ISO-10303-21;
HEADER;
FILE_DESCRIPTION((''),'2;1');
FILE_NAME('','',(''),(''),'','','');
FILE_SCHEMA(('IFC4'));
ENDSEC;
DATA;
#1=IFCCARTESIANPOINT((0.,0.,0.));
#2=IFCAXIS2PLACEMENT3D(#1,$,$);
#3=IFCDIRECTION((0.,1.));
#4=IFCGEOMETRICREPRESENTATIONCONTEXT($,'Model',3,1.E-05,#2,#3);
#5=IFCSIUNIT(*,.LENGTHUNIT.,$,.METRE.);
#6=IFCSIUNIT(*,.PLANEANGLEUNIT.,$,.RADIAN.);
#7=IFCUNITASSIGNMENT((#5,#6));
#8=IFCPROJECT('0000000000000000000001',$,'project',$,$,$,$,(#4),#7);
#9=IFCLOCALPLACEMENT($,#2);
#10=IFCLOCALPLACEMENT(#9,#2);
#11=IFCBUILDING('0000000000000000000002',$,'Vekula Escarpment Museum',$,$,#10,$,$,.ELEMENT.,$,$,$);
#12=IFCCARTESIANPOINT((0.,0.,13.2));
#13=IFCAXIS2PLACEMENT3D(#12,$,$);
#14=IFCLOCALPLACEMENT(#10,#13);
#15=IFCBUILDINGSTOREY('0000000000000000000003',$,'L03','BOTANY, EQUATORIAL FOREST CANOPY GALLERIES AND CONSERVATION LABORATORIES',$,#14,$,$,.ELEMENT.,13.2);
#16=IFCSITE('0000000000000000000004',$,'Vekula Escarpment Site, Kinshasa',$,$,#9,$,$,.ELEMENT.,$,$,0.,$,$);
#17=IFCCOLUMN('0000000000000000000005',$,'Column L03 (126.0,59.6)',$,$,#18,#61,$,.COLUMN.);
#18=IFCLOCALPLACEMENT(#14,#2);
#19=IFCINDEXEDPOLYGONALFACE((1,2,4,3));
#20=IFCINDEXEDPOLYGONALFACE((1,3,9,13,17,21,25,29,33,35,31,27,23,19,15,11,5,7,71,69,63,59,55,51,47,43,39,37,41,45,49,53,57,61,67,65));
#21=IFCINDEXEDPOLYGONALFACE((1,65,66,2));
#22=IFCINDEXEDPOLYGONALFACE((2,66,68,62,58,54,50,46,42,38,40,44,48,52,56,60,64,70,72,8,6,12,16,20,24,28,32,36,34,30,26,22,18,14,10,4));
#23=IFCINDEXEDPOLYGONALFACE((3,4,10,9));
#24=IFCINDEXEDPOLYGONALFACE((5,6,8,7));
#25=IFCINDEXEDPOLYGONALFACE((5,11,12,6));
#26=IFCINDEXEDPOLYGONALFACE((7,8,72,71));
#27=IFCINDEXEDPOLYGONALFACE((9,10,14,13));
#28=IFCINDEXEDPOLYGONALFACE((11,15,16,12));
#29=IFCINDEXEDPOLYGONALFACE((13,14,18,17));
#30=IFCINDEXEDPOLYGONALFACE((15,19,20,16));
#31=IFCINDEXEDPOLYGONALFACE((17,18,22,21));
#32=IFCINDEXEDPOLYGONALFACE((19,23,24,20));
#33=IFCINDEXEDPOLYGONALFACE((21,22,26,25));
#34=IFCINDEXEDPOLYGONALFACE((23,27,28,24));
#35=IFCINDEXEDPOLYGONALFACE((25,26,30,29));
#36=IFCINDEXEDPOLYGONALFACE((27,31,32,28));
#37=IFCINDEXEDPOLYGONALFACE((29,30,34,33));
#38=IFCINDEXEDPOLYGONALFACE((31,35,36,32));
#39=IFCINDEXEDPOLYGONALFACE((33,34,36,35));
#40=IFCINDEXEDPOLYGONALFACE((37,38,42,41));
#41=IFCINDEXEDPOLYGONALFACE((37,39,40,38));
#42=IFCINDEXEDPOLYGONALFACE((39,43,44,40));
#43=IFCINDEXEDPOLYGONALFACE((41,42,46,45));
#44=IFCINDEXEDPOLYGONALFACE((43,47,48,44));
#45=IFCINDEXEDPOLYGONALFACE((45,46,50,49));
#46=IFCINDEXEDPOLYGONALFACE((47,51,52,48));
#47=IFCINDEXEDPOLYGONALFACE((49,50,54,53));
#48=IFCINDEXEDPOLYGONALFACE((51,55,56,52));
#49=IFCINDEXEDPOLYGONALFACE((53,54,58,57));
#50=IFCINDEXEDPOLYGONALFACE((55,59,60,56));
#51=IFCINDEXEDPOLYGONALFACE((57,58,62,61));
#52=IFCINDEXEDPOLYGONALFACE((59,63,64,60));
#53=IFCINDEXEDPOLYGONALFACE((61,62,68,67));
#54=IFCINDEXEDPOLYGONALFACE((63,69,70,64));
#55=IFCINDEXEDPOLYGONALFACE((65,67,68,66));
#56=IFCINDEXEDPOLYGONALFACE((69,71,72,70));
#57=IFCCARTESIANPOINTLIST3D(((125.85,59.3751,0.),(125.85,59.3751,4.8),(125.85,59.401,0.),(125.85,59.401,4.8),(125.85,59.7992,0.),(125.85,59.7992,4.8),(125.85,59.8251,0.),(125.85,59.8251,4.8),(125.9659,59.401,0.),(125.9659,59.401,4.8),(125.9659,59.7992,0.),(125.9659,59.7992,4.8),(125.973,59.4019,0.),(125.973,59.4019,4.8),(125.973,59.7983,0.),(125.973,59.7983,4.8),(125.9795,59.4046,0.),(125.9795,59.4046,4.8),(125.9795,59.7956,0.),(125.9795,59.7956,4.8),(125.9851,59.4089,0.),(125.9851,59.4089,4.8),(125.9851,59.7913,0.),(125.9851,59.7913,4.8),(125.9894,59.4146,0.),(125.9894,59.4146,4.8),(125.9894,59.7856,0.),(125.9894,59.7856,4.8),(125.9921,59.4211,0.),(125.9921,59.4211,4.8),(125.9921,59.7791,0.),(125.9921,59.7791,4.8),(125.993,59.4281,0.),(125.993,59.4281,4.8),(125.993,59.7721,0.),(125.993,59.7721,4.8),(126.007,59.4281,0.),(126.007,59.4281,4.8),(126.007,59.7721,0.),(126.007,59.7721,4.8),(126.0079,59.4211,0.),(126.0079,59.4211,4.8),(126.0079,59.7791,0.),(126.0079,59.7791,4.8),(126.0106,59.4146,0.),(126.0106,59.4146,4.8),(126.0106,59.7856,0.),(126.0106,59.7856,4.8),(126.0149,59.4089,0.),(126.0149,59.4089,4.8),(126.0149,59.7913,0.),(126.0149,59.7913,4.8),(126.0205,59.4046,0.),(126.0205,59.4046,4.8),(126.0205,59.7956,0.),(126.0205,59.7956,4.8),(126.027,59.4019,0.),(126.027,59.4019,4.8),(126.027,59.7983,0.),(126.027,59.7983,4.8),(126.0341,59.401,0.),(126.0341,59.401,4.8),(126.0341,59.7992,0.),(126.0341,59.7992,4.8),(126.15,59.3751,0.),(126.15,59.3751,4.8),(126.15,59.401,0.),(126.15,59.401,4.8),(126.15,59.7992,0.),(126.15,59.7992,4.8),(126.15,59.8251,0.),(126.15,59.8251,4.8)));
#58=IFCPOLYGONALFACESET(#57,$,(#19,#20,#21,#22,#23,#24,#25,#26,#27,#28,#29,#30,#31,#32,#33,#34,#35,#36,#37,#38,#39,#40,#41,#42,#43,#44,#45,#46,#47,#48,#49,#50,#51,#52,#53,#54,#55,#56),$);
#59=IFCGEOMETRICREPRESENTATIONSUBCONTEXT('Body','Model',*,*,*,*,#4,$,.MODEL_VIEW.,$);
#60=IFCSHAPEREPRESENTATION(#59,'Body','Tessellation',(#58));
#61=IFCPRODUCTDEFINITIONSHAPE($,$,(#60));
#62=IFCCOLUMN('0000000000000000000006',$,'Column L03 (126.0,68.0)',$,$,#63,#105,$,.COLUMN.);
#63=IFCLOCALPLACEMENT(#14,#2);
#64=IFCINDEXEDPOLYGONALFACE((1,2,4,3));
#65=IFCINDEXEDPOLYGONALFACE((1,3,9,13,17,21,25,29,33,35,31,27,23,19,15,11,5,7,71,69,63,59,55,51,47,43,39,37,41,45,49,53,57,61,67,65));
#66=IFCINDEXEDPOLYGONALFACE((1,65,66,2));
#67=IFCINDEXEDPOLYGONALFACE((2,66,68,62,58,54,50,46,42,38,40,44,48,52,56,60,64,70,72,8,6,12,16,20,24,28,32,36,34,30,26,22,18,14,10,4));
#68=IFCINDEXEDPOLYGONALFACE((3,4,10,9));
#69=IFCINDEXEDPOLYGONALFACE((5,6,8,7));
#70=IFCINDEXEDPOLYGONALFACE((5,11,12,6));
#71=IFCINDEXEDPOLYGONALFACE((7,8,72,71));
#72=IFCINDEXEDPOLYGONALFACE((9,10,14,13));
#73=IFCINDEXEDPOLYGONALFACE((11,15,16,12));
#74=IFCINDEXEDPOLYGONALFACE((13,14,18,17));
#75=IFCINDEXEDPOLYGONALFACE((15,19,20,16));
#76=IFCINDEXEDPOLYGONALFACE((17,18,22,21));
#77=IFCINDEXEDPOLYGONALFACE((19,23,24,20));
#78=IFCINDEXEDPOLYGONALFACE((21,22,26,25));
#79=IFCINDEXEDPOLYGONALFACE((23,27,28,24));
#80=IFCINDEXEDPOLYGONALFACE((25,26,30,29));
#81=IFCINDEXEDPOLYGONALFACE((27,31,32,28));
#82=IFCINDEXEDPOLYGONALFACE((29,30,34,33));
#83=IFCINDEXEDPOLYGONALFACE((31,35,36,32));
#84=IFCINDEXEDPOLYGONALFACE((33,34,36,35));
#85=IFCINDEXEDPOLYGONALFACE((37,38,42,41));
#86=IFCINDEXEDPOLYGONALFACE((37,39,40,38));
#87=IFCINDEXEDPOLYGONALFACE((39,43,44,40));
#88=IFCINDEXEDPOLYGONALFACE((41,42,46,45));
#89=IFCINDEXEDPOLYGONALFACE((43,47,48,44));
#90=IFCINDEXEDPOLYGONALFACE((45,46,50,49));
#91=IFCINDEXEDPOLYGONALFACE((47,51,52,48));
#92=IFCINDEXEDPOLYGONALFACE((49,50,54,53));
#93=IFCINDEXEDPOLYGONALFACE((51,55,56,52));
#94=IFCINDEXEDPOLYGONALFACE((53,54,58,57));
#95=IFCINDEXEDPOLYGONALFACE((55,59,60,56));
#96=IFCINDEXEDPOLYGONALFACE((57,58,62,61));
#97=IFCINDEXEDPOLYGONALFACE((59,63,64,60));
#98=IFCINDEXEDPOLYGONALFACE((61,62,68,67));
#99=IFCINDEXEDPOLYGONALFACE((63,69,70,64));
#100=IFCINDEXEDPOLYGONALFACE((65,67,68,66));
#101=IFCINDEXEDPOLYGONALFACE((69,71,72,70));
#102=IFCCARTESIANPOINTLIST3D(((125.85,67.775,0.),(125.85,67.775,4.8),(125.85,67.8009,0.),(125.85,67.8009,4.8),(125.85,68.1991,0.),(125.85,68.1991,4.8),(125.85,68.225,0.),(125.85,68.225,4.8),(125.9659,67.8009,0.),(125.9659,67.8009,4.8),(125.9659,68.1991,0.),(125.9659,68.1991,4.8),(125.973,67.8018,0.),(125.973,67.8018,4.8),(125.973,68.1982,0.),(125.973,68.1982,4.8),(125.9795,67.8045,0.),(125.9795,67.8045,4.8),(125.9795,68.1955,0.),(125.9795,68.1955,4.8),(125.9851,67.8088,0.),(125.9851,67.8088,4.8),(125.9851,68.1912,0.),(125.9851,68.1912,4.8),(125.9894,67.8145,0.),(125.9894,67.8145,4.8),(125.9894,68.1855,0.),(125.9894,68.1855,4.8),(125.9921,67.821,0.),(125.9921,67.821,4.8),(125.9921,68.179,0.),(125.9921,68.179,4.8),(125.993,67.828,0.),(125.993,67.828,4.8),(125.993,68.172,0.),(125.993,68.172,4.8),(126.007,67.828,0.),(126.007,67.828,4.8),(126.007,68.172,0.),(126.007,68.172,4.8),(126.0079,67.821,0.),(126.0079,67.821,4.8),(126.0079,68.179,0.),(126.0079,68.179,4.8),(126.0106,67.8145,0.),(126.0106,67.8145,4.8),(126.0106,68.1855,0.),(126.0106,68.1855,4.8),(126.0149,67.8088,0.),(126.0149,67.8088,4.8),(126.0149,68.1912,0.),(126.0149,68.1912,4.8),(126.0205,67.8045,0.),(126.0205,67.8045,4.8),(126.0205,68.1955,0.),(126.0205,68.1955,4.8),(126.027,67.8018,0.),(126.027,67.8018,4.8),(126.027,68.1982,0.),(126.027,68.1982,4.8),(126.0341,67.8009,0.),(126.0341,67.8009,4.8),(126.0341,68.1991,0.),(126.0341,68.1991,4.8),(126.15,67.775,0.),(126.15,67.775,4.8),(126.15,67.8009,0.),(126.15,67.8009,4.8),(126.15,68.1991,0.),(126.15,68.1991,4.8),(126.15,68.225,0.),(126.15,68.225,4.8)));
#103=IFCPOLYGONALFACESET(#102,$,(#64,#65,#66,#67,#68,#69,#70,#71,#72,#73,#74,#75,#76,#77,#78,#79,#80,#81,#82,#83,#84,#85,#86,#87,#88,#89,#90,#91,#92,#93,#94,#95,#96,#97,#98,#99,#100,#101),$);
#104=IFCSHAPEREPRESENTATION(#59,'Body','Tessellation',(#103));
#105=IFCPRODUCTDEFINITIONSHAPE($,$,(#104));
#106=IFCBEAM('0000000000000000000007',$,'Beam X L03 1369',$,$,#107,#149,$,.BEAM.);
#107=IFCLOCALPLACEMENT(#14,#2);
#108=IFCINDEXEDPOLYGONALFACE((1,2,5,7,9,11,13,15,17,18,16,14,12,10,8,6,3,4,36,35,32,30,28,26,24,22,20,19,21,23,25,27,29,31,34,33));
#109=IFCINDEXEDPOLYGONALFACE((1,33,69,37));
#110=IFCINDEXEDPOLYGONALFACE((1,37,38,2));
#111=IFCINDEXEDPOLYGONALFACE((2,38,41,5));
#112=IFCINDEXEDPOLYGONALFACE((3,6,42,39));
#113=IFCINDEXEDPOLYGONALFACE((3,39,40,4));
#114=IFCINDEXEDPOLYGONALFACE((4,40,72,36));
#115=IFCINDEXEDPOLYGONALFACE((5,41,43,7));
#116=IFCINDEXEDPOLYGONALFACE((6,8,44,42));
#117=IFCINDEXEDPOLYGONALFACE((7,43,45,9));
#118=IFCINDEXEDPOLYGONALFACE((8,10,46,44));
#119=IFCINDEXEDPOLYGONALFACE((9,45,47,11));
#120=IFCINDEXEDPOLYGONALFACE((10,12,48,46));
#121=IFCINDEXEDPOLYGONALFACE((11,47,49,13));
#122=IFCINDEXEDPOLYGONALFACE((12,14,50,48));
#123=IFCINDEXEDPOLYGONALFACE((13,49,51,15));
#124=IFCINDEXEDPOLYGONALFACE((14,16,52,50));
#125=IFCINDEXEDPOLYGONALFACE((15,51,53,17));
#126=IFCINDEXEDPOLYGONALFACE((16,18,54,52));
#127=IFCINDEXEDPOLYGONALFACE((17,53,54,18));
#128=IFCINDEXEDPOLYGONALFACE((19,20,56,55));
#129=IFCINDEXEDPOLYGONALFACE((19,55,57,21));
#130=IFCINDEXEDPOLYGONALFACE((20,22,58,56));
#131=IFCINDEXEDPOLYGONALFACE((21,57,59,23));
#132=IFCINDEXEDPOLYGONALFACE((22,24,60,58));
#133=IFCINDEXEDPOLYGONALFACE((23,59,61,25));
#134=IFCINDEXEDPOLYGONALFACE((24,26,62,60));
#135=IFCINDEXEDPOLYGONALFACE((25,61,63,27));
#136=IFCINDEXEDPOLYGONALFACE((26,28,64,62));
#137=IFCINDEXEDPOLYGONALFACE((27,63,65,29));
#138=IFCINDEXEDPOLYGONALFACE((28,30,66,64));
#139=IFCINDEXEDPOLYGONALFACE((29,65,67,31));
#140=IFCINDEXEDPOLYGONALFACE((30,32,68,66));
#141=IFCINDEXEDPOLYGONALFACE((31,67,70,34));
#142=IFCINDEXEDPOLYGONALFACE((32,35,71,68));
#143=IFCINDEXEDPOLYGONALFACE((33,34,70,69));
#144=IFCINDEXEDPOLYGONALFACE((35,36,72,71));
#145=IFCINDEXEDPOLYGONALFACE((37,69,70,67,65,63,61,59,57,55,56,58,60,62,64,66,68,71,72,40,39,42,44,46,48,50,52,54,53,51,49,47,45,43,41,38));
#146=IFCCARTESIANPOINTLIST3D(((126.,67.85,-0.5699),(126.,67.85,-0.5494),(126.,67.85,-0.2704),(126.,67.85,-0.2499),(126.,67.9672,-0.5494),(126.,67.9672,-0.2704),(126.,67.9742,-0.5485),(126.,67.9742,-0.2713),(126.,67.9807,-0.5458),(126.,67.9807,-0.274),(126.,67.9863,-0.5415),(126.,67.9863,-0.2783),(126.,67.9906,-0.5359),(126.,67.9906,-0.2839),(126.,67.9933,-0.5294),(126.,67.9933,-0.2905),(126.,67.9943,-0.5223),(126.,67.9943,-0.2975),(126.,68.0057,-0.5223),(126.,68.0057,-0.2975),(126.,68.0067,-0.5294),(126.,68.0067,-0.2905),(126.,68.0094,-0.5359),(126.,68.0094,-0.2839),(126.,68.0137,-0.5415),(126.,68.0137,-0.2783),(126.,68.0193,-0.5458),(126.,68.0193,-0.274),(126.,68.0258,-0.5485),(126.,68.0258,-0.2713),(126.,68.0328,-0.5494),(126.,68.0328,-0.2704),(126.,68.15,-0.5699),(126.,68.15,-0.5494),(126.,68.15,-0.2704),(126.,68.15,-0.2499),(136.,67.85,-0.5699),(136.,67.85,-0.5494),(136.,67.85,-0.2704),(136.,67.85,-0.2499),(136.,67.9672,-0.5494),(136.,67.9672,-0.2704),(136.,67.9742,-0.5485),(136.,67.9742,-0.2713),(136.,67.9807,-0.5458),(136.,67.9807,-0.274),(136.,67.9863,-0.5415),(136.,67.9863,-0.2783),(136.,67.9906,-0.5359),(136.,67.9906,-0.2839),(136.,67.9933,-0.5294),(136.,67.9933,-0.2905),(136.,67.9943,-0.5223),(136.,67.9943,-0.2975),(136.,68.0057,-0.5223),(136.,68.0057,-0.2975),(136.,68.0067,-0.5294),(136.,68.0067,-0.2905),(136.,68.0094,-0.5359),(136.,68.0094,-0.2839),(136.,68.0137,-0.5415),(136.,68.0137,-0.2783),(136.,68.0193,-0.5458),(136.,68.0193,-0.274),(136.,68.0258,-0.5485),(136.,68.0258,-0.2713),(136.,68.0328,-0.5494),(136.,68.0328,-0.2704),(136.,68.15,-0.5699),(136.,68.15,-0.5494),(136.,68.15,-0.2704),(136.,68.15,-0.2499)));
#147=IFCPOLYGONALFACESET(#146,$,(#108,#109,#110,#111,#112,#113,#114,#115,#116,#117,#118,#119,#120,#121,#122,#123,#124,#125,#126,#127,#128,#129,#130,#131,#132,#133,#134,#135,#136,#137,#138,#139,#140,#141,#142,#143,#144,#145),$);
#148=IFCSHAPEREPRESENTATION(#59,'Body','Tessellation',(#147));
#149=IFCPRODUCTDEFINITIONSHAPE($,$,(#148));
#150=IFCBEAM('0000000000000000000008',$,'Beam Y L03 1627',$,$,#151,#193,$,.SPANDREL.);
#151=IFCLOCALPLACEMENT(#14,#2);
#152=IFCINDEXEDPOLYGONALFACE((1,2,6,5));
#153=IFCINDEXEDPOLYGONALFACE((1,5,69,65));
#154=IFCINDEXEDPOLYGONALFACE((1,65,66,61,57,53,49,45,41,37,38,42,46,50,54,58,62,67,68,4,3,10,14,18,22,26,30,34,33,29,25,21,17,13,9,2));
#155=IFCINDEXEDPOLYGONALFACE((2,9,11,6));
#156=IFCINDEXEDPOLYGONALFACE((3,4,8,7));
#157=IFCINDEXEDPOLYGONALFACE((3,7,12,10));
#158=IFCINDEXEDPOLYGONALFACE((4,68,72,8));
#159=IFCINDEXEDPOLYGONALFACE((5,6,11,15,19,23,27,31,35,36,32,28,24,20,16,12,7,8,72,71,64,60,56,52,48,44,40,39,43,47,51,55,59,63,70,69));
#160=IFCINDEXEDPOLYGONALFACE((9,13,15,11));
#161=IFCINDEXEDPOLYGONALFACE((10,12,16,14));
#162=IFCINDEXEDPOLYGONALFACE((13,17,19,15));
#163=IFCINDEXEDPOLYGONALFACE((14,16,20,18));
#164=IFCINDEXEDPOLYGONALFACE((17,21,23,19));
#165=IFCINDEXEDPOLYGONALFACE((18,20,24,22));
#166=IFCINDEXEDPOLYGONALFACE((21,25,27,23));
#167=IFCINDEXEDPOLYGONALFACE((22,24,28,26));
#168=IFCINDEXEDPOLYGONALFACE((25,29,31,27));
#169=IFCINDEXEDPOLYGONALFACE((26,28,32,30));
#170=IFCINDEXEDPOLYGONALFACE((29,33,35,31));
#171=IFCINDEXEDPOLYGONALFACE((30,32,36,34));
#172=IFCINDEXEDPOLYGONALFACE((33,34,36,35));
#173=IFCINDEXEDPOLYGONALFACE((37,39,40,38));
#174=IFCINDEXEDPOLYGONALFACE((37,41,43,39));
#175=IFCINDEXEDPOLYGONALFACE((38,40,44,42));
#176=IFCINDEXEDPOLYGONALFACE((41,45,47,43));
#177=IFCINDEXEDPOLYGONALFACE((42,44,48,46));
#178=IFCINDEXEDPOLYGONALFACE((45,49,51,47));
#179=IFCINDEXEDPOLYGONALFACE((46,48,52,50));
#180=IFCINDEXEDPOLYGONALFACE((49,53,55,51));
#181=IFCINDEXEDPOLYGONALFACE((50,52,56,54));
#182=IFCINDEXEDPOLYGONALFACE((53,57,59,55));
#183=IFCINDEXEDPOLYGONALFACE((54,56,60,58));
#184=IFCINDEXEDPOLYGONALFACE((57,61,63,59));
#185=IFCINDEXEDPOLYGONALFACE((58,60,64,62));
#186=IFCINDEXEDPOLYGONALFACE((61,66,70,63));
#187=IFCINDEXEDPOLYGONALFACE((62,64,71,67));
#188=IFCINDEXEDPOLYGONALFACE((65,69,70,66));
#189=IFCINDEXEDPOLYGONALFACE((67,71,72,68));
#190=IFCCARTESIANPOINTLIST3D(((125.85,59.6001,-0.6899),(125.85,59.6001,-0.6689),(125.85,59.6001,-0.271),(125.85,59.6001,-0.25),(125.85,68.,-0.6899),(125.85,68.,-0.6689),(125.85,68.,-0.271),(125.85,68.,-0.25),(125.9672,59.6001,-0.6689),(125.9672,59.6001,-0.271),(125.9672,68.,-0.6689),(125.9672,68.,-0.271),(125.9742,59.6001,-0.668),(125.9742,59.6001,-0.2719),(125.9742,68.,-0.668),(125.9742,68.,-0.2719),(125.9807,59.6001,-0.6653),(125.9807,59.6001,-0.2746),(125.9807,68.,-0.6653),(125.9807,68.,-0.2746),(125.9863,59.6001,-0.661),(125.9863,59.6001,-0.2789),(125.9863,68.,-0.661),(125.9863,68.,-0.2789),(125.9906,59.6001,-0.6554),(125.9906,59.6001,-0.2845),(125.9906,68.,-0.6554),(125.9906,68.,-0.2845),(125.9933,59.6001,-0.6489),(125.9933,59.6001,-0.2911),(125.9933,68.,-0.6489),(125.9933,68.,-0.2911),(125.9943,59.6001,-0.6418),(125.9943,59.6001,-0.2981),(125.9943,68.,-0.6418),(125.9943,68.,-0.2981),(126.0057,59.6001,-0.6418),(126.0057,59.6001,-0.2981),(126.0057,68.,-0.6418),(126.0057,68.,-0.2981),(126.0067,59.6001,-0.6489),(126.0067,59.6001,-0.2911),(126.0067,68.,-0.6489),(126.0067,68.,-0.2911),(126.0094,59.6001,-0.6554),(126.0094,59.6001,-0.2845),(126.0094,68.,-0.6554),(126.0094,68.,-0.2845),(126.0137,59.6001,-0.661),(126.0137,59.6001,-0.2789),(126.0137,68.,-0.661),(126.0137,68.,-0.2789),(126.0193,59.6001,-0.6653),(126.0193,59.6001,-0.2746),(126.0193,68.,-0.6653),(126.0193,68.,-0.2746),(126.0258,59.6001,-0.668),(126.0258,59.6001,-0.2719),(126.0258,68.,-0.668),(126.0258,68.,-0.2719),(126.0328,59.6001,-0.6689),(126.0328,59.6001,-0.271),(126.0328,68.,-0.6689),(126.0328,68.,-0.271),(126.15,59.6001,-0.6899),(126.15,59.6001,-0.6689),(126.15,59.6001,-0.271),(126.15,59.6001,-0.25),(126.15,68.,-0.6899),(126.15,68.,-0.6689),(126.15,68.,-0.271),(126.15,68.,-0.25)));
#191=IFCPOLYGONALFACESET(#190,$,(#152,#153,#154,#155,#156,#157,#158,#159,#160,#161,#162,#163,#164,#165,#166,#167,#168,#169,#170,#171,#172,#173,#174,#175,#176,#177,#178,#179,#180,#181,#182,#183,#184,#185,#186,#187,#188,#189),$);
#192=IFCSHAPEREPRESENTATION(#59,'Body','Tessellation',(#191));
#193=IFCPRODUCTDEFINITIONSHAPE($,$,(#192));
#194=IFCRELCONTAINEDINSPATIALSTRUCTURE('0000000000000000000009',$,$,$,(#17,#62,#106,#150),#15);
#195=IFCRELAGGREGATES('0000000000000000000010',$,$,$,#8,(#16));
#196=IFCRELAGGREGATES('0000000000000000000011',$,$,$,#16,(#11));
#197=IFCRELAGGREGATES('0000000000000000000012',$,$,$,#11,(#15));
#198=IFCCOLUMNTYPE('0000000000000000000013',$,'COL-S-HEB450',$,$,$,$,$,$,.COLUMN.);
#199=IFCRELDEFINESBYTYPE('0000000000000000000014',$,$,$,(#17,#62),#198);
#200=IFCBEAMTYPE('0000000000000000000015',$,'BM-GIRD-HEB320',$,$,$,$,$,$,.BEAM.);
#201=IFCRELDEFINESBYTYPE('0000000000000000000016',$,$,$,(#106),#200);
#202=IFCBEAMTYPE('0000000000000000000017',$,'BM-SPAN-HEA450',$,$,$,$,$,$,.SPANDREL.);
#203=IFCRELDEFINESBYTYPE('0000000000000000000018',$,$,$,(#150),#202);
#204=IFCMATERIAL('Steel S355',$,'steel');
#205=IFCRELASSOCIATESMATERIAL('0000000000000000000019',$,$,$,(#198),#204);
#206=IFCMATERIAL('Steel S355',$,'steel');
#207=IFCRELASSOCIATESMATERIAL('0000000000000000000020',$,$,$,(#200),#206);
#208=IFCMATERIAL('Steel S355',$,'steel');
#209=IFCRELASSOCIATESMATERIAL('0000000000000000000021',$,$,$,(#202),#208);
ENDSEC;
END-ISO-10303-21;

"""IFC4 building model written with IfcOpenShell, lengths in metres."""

from ifc_helpers import new_model, si_unit, direction, frame, origin, origin_2d, place, context, subcontext, project, spatial, i_section, extrude, material, material_profile, profile_set, type_object, element, save


model = new_model("IFC4")

# Units and contexts
model_context = context("Model", 3, precision=1e-05, world=origin(), true_north=direction((0.0, 1.0)))
body_context = subcontext(model_context, "Body", "Model", "MODEL_VIEW")
ifc_project = project(units=[si_unit("LENGTHUNIT", "METRE"), si_unit("PLANEANGLEUNIT", "RADIAN")], contexts=[model_context])

# Site, building, storey
site_placement = place(None, origin())
site = spatial("IfcSite", under=ifc_project, at=site_placement, Name="Vekula Escarpment Site, Kinshasa", CompositionType="ELEMENT", RefElevation=0.0)
building_placement = place(site_placement, origin())
building = spatial("IfcBuilding", under=site, at=building_placement, Name="Vekula Escarpment Museum", CompositionType="ELEMENT")
storey_placement = place(building_placement, frame((0.0, 0.0, 13.2)))
storey = spatial("IfcBuildingStorey", under=building, at=storey_placement, Name="L03", Description="BOTANY, EQUATORIAL FOREST CANOPY GALLERIES AND CONSERVATION LABORATORIES", CompositionType="ELEMENT", Elevation=13.2)

# Columns
ifc_material_1 = material(Name="Steel S355", Category="steel")
ifc_material_profile_1 = material_profile(ifc_material_1, i_section(OverallWidth=0.3, OverallDepth=0.45, WebThickness=0.0139, FlangeThickness=0.0259, FilletRadius=0.0271, at=origin_2d()), Name="HEB 450")
ifc_profile_set_1 = profile_set([ifc_material_profile_1], Name="Steel S355")
column_type = type_object("IfcColumnType", Name="COL-S-HEB450", PredefinedType="COLUMN", material=ifc_profile_set_1)
for number, where, z_axis, x_axis, name in (
    (1, (126.0, 59.6001, 0.0), (0.0, 0.0, 1.0), (1.0, 0.0, 0.0), "Column L03 (126.0,59.6)"),
    (2, (126.0, 68.0, 0.0), (0.0, 0.0, 1.0), (1.0, 0.0, 0.0), "Column L03 (126.0,68.0)"),
):
    element("IfcColumn", number, at=place(storey_placement, frame(where, z_axis=z_axis, x_axis=x_axis)), inside=storey, type_object=column_type, Name=name, PredefinedType="COLUMN", context=body_context, shape_type="SweptSolid", body=[
        extrude(i_section(OverallWidth=0.3, OverallDepth=0.45, WebThickness=0.0139, FlangeThickness=0.0259, FilletRadius=0.0271, at=origin_2d()), origin(), (0.0, 0.0, 1.0), 4.8),
    ])

# Beams
ifc_material_2 = material(Name="Steel S355", Category="steel")
ifc_material_profile_2 = material_profile(ifc_material_2, i_section(OverallWidth=0.3, OverallDepth=0.3201, WebThickness=0.0115, FlangeThickness=0.0205, FilletRadius=0.0271, at=origin_2d()), Name="HEB 320")
ifc_profile_set_2 = profile_set([ifc_material_profile_2], Name="Steel S355")
beam_type_1 = type_object("IfcBeamType", Name="BM-GIRD-HEB320", PredefinedType="BEAM", material=ifc_profile_set_2)
beam_placement = place(storey_placement, frame((126.0, 68.0, -0.4099), z_axis=(1.0, 0.0, 0.0), x_axis=(0.0, 1.0, 0.0)))
element("IfcBeam", 3, at=beam_placement, inside=storey, type_object=beam_type_1, Name="Beam X L03 1369", PredefinedType="BEAM", context=body_context, shape_type="SweptSolid", body=[
    extrude(i_section(OverallWidth=0.3, OverallDepth=0.3201, WebThickness=0.0115, FlangeThickness=0.0205, FilletRadius=0.0271, at=origin_2d()), origin(), (0.0, 0.0, 1.0), 10.0),
])
ifc_material_3 = material(Name="Steel S355", Category="steel")
ifc_material_profile_3 = material_profile(ifc_material_3, i_section(OverallWidth=0.3, OverallDepth=0.4399, WebThickness=0.0115, FlangeThickness=0.021, FilletRadius=0.0271, at=origin_2d()), Name="HEA 450")
ifc_profile_set_3 = profile_set([ifc_material_profile_3], Name="Steel S355")
beam_type_2 = type_object("IfcBeamType", Name="BM-SPAN-HEA450", PredefinedType="SPANDREL", material=ifc_profile_set_3)
for number, where, z_axis, x_axis, name in (
    (4, (126.0, 59.6001, -0.47), (0.0, 1.0, 0.0), (-1.0, 0.0, 0.0), "Beam Y L03 1627"),
):
    element("IfcBeam", number, at=place(storey_placement, frame(where, z_axis=z_axis, x_axis=x_axis)), inside=storey, type_object=beam_type_2, Name=name, PredefinedType="SPANDREL", context=body_context, shape_type="SweptSolid", body=[
        extrude(i_section(OverallWidth=0.3, OverallDepth=0.4399, WebThickness=0.0115, FlangeThickness=0.021, FilletRadius=0.0271, at=origin_2d()), origin(), (0.0, 0.0, 1.0), 8.3999),
    ])

save(model, "model.ifc")
